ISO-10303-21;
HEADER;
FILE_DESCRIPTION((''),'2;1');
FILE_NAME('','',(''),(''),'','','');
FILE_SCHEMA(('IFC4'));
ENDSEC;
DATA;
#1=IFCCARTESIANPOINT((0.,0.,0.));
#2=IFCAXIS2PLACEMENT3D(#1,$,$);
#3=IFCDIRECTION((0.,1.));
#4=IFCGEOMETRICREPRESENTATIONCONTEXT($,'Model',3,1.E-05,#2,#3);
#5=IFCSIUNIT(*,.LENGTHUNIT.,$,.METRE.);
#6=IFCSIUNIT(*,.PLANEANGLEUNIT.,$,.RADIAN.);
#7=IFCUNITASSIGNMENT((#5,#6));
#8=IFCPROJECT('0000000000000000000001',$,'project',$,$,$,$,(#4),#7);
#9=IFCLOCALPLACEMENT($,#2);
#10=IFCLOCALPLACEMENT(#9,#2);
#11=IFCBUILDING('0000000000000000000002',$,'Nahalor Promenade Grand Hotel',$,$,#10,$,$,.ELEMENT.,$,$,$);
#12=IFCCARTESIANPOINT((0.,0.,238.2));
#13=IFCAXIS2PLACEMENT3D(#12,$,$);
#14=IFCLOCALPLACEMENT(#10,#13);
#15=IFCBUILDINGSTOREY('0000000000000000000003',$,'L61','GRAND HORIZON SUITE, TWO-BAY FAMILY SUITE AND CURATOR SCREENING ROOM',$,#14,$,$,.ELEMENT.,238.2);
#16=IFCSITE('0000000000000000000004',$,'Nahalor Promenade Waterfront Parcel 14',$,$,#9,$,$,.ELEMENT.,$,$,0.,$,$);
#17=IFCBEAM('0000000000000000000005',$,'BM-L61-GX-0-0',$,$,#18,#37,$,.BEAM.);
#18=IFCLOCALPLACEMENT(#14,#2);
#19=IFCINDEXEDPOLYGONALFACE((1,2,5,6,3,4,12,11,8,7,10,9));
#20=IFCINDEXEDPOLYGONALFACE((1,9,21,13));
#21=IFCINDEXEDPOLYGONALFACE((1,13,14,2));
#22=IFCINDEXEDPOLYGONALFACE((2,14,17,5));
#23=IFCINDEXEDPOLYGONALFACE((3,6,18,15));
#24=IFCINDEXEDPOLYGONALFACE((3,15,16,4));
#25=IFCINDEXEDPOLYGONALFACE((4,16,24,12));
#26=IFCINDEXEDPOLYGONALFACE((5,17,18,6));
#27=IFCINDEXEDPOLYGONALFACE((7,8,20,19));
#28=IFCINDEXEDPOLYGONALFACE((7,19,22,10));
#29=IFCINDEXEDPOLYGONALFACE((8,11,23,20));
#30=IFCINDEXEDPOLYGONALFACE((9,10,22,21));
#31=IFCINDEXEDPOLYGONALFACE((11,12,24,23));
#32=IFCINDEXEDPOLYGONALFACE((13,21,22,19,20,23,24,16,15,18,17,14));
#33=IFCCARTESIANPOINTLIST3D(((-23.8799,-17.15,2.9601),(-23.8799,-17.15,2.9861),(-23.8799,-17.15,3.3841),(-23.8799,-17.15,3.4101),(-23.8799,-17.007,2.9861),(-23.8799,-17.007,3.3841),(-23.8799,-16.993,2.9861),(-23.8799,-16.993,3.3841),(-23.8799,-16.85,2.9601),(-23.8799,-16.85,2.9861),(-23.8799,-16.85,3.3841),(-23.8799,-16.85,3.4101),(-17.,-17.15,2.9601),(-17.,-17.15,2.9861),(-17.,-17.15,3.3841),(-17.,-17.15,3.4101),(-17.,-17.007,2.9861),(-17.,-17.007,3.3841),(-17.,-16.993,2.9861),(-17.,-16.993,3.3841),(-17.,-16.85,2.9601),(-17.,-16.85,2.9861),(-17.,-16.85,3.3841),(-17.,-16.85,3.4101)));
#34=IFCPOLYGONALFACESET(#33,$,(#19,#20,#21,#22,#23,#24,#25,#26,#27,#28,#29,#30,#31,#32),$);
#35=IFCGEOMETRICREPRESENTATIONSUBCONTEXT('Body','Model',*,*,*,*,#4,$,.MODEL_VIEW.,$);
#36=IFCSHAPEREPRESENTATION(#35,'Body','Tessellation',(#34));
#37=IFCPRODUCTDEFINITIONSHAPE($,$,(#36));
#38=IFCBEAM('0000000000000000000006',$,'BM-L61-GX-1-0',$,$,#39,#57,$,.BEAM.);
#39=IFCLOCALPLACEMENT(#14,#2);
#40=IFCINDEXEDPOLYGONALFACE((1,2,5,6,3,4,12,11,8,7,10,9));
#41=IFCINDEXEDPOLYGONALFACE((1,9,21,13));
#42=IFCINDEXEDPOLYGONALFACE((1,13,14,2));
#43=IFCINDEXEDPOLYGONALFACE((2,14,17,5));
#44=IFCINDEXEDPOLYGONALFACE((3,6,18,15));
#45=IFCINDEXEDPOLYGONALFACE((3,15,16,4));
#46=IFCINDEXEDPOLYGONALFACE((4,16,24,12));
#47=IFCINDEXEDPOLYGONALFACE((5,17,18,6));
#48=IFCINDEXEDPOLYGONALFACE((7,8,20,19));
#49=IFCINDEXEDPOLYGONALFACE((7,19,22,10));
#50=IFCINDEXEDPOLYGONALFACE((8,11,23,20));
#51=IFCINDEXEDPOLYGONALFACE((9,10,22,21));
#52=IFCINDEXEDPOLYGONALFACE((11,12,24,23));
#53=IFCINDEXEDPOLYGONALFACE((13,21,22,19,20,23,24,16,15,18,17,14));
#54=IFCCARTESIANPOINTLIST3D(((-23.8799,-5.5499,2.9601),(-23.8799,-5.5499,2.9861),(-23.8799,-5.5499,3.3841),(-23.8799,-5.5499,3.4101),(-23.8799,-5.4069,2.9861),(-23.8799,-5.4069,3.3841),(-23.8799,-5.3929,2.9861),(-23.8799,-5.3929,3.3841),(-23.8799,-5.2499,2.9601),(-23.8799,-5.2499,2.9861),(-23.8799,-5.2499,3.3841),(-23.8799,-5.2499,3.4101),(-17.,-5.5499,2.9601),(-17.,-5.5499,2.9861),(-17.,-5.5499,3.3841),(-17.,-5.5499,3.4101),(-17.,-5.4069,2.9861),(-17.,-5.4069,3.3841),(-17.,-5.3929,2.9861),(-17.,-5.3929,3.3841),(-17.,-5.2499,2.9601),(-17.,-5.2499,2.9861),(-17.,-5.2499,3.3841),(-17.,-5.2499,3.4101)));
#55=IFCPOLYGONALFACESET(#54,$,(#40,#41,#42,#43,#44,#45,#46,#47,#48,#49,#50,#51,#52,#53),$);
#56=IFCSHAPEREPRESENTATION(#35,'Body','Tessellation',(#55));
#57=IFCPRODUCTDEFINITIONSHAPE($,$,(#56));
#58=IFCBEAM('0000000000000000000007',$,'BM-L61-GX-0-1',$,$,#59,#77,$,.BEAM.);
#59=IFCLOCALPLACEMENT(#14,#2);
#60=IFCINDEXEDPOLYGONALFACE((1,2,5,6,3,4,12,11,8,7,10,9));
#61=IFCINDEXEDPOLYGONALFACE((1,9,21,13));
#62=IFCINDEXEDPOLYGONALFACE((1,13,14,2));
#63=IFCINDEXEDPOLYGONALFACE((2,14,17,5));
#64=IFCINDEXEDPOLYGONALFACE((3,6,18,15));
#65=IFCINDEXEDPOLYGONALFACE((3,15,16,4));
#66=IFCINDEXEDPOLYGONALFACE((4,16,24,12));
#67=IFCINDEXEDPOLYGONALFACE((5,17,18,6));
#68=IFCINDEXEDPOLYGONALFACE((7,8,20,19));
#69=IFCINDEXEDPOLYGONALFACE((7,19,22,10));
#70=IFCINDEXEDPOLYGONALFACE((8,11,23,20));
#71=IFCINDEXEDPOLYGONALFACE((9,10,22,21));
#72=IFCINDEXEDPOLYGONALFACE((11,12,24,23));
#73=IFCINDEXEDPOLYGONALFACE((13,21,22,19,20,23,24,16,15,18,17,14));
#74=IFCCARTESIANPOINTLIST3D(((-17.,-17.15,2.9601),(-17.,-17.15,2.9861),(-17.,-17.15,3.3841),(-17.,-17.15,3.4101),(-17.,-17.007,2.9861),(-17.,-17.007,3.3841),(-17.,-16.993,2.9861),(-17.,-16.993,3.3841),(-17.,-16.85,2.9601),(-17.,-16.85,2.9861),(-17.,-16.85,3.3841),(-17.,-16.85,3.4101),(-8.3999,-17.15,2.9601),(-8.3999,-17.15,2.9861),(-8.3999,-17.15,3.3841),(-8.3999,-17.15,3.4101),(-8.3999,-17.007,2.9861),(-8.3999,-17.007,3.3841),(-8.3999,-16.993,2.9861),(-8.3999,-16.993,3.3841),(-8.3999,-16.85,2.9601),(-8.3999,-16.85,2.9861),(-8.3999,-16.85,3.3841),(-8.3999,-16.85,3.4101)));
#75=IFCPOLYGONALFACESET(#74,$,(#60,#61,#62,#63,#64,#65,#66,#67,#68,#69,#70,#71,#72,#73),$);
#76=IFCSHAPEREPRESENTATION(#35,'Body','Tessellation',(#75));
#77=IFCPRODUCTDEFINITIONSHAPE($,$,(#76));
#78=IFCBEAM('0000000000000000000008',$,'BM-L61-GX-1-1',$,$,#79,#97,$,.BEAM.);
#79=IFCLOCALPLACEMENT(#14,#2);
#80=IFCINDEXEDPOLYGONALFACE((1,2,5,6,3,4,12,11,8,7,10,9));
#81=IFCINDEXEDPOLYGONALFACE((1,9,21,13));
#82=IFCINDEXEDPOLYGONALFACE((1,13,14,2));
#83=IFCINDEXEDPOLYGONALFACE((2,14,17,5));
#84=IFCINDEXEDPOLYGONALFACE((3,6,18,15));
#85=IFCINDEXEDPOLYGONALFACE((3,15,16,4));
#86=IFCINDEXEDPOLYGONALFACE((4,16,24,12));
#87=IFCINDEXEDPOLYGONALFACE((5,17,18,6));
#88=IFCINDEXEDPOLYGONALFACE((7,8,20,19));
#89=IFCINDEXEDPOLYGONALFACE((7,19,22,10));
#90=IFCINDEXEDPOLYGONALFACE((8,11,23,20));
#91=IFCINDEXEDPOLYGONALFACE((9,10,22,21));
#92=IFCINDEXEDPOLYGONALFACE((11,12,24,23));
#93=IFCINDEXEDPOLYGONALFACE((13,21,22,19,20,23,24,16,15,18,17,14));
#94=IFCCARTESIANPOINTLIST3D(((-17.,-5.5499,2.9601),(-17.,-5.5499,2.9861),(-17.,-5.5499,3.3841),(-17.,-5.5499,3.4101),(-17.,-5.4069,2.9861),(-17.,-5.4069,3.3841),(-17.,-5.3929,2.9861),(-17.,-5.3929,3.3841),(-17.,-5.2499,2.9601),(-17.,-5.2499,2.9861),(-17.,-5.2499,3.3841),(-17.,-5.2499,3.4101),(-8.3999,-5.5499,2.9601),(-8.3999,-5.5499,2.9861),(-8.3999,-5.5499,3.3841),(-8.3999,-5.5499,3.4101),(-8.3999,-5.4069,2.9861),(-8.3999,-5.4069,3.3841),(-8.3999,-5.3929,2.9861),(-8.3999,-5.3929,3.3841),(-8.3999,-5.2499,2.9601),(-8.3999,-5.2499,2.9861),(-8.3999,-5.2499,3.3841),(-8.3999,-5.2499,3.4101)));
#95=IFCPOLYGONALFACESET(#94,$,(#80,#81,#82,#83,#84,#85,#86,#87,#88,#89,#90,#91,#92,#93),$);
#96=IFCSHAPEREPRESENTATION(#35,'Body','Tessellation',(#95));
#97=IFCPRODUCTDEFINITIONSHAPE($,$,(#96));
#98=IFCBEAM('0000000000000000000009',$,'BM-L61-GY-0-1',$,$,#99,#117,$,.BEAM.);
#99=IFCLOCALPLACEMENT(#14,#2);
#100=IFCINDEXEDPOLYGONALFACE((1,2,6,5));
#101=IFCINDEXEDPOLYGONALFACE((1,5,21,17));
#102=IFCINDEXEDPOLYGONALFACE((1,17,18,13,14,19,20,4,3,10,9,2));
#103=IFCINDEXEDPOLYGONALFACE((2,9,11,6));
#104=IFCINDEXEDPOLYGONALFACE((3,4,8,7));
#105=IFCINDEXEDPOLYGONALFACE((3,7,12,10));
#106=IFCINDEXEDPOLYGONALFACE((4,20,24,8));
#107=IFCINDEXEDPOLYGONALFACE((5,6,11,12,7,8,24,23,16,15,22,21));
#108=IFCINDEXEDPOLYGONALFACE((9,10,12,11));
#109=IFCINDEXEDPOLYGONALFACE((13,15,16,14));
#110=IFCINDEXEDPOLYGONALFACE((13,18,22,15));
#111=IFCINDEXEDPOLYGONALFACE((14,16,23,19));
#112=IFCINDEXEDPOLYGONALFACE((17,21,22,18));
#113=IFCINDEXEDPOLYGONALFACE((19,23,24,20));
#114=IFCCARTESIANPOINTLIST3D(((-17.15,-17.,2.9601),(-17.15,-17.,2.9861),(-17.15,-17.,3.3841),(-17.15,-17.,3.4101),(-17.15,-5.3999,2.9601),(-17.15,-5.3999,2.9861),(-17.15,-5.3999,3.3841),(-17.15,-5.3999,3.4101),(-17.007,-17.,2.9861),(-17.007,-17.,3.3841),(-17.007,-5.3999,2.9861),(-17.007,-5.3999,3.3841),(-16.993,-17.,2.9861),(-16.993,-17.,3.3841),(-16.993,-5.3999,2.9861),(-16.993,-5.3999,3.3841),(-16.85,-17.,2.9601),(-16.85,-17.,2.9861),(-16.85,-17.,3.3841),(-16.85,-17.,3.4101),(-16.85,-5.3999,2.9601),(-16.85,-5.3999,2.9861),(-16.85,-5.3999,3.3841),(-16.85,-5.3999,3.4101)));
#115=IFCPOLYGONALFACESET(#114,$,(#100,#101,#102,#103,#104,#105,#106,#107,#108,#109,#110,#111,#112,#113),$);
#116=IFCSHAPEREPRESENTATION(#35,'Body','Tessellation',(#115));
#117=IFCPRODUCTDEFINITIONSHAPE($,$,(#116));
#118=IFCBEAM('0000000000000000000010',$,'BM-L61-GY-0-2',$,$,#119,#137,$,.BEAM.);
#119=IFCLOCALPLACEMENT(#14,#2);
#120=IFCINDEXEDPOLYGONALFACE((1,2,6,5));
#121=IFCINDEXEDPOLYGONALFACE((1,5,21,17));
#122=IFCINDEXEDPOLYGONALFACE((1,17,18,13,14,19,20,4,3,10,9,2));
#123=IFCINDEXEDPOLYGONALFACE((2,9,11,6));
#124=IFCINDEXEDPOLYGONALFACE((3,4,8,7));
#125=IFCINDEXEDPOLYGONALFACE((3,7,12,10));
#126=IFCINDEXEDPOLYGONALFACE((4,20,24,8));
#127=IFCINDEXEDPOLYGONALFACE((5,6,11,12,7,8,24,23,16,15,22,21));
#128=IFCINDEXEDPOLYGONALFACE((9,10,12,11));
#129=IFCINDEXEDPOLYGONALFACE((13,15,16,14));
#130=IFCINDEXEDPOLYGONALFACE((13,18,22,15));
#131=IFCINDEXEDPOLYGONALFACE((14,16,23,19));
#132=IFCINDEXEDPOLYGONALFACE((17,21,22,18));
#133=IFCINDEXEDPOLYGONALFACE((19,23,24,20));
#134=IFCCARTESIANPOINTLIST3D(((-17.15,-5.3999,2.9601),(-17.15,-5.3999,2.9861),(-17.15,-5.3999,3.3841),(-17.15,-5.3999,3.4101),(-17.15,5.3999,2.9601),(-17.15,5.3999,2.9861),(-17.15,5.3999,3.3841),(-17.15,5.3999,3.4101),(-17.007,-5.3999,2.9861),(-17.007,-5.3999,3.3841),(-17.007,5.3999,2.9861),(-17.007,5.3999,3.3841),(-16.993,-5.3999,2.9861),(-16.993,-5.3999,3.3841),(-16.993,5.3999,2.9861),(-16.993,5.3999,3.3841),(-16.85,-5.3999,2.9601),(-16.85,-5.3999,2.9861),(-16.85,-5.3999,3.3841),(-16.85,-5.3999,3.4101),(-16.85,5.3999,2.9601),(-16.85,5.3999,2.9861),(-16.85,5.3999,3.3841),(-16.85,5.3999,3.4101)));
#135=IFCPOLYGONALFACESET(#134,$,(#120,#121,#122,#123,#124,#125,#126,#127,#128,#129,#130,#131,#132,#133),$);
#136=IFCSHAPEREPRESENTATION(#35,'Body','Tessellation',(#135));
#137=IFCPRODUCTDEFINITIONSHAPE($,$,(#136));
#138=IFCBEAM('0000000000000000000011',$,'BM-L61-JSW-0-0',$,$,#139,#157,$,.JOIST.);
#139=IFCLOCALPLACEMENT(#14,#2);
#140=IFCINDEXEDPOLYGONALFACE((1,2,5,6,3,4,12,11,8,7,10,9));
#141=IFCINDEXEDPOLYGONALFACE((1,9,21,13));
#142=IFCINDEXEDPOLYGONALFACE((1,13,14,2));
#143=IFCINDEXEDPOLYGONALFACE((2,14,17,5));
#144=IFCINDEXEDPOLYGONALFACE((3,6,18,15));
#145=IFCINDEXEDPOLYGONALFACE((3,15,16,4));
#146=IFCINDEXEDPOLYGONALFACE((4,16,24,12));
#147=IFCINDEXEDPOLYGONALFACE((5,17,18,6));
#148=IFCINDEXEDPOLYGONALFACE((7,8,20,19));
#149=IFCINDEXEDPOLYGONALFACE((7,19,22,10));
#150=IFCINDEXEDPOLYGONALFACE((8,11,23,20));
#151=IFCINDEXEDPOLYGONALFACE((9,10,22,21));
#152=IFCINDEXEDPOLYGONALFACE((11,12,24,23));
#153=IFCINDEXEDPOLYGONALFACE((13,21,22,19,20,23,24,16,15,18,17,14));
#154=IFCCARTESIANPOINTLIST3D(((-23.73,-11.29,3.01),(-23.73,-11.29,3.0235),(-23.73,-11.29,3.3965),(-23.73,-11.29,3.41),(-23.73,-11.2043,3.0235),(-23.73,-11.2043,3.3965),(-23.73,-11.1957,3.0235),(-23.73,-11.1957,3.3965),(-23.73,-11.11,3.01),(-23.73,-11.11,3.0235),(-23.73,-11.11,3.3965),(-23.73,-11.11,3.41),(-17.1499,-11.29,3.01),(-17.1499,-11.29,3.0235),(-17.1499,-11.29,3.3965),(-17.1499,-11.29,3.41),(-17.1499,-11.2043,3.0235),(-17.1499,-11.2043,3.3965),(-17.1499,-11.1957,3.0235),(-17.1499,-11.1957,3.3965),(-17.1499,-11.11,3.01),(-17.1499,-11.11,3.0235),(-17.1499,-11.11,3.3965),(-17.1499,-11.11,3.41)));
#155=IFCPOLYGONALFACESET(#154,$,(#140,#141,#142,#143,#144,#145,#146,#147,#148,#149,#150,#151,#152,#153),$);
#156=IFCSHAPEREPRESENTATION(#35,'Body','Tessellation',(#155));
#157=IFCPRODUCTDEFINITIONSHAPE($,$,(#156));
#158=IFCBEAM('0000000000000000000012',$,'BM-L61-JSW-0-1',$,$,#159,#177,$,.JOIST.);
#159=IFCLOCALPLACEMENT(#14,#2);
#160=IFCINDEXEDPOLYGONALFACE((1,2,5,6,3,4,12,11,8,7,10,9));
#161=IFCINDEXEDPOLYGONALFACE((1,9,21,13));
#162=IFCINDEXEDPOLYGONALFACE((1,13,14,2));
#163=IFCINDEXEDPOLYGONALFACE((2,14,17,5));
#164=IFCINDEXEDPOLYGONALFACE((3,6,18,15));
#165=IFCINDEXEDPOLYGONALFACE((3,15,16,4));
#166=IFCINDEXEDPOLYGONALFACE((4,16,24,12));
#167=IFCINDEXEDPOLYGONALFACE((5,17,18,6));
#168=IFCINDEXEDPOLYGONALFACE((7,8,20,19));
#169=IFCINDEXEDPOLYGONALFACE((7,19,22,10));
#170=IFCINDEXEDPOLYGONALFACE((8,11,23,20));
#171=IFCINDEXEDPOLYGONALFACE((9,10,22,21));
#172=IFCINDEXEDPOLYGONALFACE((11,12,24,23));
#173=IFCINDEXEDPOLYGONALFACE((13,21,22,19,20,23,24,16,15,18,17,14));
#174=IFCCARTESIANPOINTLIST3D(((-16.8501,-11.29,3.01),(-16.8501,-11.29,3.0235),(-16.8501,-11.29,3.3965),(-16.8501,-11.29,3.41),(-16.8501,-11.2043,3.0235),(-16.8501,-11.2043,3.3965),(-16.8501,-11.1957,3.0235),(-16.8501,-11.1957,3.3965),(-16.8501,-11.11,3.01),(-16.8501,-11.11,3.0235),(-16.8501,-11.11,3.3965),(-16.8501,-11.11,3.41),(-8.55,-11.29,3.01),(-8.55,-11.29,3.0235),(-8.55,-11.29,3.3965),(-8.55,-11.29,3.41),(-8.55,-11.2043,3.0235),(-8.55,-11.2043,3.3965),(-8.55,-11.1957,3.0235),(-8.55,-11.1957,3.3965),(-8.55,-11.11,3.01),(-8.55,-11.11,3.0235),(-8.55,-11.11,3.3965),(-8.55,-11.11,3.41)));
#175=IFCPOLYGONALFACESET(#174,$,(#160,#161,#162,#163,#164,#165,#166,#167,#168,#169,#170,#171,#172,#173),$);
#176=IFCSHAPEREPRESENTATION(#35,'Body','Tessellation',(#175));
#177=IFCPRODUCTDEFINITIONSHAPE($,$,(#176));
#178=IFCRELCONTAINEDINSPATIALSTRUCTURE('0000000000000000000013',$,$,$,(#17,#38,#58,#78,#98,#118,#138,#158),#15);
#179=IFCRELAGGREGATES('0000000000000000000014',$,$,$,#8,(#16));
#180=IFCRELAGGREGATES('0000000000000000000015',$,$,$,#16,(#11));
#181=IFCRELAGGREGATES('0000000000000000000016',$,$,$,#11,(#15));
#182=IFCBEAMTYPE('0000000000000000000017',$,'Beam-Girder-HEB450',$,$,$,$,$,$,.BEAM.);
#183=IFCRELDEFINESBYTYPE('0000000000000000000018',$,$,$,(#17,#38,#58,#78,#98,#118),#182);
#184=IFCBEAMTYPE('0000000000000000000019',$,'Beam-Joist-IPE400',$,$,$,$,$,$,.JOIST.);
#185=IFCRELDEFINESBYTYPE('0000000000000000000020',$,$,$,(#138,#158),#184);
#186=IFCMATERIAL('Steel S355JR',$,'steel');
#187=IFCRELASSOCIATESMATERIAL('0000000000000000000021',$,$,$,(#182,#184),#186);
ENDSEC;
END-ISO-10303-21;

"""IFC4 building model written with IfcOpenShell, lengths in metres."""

from ifc_helpers import new_model, si_unit, direction, frame, origin, origin_2d, place, context, subcontext, project, spatial, i_section, extrude, source, transform, mapped, material, material_profile, profile_set, type_object, element, save


model = new_model("IFC4")

# Units and contexts
model_context = context("Model", 3, precision=1e-05, world=origin(), true_north=direction((0.0, 1.0)))
body_context = subcontext(model_context, "Body", "Model", "MODEL_VIEW")
ifc_project = project(units=[si_unit("LENGTHUNIT", "METRE"), si_unit("PLANEANGLEUNIT", "RADIAN")], contexts=[model_context])

# Site, building, storey
site_placement = place(None, origin())
site = spatial("IfcSite", under=ifc_project, at=site_placement, Name="Nahalor Promenade Waterfront Parcel 14", CompositionType="ELEMENT", RefElevation=0.0)
building_placement = place(site_placement, origin())
building = spatial("IfcBuilding", under=site, at=building_placement, Name="Nahalor Promenade Grand Hotel", CompositionType="ELEMENT")
storey_placement = place(building_placement, frame((0.0, 0.0, 238.2)))
storey = spatial("IfcBuildingStorey", under=building, at=storey_placement, Name="L61", Description="GRAND HORIZON SUITE, TWO-BAY FAMILY SUITE AND CURATOR SCREENING ROOM", CompositionType="ELEMENT", Elevation=238.2)

# Shared definitions
ifc_material_1 = material(Name="Steel S355JR", Category="steel")

# Beams
ifc_material_profile_1 = material_profile(ifc_material_1, i_section(OverallWidth=0.3, OverallDepth=0.45, WebThickness=0.014, FlangeThickness=0.026, at=origin_2d()), Name="HEB 450")
ifc_profile_set_1 = profile_set([ifc_material_profile_1], Name="Steel S355JR")
beam_type_1 = type_object("IfcBeamType", Name="Beam-Girder-HEB450", PredefinedType="BEAM", material=ifc_profile_set_1)
shared_shape_1 = source(origin(), body_context, "Body", "SweptSolid", [
    extrude(i_section(OverallWidth=0.3, OverallDepth=0.45, WebThickness=0.014, FlangeThickness=0.026, at=origin_2d()), origin(), (0.0, 0.0, 1.0), 6.8799),
])
for number, where, z_axis, x_axis, name in (
    (1, (-23.8799, -17.0, 3.1851), (1.0, 0.0, 0.0), (0.0, 1.0, 0.0), "BM-L61-GX-0-0"),
    (2, (-23.8799, -5.3999, 3.1851), (1.0, 0.0, 0.0), (0.0, 1.0, 0.0), "BM-L61-GX-1-0"),
):
    element("IfcBeam", number, at=place(storey_placement, frame(where, z_axis=z_axis, x_axis=x_axis)), inside=storey, type_object=beam_type_1, Name=name, PredefinedType="BEAM", context=body_context, shape_type="MappedRepresentation", body=[
        mapped(shared_shape_1, transform((0.0, 0.0, 0.0), scale=1.0)),
    ])
shared_shape_2 = source(origin(), body_context, "Body", "SweptSolid", [
    extrude(i_section(OverallWidth=0.3, OverallDepth=0.45, WebThickness=0.014, FlangeThickness=0.026, at=origin_2d()), origin(), (0.0, 0.0, 1.0), 8.6001),
])
for number, where, z_axis, x_axis, name in (
    (3, (-17.0, -17.0, 3.1851), (1.0, 0.0, 0.0), (0.0, 1.0, 0.0), "BM-L61-GX-0-1"),
    (4, (-17.0, -5.3999, 3.1851), (1.0, 0.0, 0.0), (0.0, 1.0, 0.0), "BM-L61-GX-1-1"),
):
    element("IfcBeam", number, at=place(storey_placement, frame(where, z_axis=z_axis, x_axis=x_axis)), inside=storey, type_object=beam_type_1, Name=name, PredefinedType="BEAM", context=body_context, shape_type="MappedRepresentation", body=[
        mapped(shared_shape_2, transform((0.0, 0.0, 0.0), scale=1.0)),
    ])
shared_shape_3 = source(origin(), body_context, "Body", "SweptSolid", [
    extrude(i_section(OverallWidth=0.3, OverallDepth=0.45, WebThickness=0.014, FlangeThickness=0.026, at=origin_2d()), origin(), (0.0, 0.0, 1.0), 11.6001),
])
beam_1_placement = place(storey_placement, frame((-17.0, -17.0, 3.1851), z_axis=(0.0, 1.0, 0.0), x_axis=(-1.0, 0.0, 0.0)))
element("IfcBeam", 5, at=beam_1_placement, inside=storey, type_object=beam_type_1, Name="BM-L61-GY-0-1", PredefinedType="BEAM", context=body_context, shape_type="MappedRepresentation", body=[
    mapped(shared_shape_3, transform((0.0, 0.0, 0.0), scale=1.0)),
])
shared_shape_4 = source(origin(), body_context, "Body", "SweptSolid", [
    extrude(i_section(OverallWidth=0.3, OverallDepth=0.45, WebThickness=0.014, FlangeThickness=0.026, at=origin_2d()), origin(), (0.0, 0.0, 1.0), 10.7998),
])
beam_2_placement = place(storey_placement, frame((-17.0, -5.3999, 3.1851), z_axis=(0.0, 1.0, 0.0), x_axis=(-1.0, 0.0, 0.0)))
element("IfcBeam", 6, at=beam_2_placement, inside=storey, type_object=beam_type_1, Name="BM-L61-GY-0-2", PredefinedType="BEAM", context=body_context, shape_type="MappedRepresentation", body=[
    mapped(shared_shape_4, transform((0.0, 0.0, 0.0), scale=1.0)),
])
ifc_material_profile_2 = material_profile(ifc_material_1, i_section(OverallWidth=0.18, OverallDepth=0.4, WebThickness=0.0086, FlangeThickness=0.0135, at=origin_2d()), Name="IPE 400")
ifc_profile_set_2 = profile_set([ifc_material_profile_2], Name="Steel S355JR")
beam_type_2 = type_object("IfcBeamType", Name="Beam-Joist-IPE400", PredefinedType="JOIST", material=ifc_profile_set_2)
shared_shape_5 = source(origin(), body_context, "Body", "SweptSolid", [
    extrude(i_section(OverallWidth=0.18, OverallDepth=0.4, WebThickness=0.0086, FlangeThickness=0.0135, at=origin_2d()), origin(), (0.0, 0.0, 1.0), 6.5801),
])
beam_3_placement = place(storey_placement, frame((-23.73, -11.2, 3.21), z_axis=(1.0, 0.0, 0.0), x_axis=(0.0, 1.0, 0.0)))
element("IfcBeam", 7, at=beam_3_placement, inside=storey, type_object=beam_type_2, Name="BM-L61-JSW-0-0", PredefinedType="JOIST", context=body_context, shape_type="MappedRepresentation", body=[
    mapped(shared_shape_5, transform((0.0, 0.0, 0.0), scale=1.0)),
])
shared_shape_6 = source(origin(), body_context, "Body", "SweptSolid", [
    extrude(i_section(OverallWidth=0.18, OverallDepth=0.4, WebThickness=0.0086, FlangeThickness=0.0135, at=origin_2d()), origin(), (0.0, 0.0, 1.0), 8.3),
])
beam_4_placement = place(storey_placement, frame((-16.8501, -11.2, 3.21), z_axis=(1.0, 0.0, 0.0), x_axis=(0.0, 1.0, 0.0)))
element("IfcBeam", 8, at=beam_4_placement, inside=storey, type_object=beam_type_2, Name="BM-L61-JSW-0-1", PredefinedType="JOIST", context=body_context, shape_type="MappedRepresentation", body=[
    mapped(shared_shape_6, transform((0.0, 0.0, 0.0), scale=1.0)),
])

save(model, "model.ifc")
